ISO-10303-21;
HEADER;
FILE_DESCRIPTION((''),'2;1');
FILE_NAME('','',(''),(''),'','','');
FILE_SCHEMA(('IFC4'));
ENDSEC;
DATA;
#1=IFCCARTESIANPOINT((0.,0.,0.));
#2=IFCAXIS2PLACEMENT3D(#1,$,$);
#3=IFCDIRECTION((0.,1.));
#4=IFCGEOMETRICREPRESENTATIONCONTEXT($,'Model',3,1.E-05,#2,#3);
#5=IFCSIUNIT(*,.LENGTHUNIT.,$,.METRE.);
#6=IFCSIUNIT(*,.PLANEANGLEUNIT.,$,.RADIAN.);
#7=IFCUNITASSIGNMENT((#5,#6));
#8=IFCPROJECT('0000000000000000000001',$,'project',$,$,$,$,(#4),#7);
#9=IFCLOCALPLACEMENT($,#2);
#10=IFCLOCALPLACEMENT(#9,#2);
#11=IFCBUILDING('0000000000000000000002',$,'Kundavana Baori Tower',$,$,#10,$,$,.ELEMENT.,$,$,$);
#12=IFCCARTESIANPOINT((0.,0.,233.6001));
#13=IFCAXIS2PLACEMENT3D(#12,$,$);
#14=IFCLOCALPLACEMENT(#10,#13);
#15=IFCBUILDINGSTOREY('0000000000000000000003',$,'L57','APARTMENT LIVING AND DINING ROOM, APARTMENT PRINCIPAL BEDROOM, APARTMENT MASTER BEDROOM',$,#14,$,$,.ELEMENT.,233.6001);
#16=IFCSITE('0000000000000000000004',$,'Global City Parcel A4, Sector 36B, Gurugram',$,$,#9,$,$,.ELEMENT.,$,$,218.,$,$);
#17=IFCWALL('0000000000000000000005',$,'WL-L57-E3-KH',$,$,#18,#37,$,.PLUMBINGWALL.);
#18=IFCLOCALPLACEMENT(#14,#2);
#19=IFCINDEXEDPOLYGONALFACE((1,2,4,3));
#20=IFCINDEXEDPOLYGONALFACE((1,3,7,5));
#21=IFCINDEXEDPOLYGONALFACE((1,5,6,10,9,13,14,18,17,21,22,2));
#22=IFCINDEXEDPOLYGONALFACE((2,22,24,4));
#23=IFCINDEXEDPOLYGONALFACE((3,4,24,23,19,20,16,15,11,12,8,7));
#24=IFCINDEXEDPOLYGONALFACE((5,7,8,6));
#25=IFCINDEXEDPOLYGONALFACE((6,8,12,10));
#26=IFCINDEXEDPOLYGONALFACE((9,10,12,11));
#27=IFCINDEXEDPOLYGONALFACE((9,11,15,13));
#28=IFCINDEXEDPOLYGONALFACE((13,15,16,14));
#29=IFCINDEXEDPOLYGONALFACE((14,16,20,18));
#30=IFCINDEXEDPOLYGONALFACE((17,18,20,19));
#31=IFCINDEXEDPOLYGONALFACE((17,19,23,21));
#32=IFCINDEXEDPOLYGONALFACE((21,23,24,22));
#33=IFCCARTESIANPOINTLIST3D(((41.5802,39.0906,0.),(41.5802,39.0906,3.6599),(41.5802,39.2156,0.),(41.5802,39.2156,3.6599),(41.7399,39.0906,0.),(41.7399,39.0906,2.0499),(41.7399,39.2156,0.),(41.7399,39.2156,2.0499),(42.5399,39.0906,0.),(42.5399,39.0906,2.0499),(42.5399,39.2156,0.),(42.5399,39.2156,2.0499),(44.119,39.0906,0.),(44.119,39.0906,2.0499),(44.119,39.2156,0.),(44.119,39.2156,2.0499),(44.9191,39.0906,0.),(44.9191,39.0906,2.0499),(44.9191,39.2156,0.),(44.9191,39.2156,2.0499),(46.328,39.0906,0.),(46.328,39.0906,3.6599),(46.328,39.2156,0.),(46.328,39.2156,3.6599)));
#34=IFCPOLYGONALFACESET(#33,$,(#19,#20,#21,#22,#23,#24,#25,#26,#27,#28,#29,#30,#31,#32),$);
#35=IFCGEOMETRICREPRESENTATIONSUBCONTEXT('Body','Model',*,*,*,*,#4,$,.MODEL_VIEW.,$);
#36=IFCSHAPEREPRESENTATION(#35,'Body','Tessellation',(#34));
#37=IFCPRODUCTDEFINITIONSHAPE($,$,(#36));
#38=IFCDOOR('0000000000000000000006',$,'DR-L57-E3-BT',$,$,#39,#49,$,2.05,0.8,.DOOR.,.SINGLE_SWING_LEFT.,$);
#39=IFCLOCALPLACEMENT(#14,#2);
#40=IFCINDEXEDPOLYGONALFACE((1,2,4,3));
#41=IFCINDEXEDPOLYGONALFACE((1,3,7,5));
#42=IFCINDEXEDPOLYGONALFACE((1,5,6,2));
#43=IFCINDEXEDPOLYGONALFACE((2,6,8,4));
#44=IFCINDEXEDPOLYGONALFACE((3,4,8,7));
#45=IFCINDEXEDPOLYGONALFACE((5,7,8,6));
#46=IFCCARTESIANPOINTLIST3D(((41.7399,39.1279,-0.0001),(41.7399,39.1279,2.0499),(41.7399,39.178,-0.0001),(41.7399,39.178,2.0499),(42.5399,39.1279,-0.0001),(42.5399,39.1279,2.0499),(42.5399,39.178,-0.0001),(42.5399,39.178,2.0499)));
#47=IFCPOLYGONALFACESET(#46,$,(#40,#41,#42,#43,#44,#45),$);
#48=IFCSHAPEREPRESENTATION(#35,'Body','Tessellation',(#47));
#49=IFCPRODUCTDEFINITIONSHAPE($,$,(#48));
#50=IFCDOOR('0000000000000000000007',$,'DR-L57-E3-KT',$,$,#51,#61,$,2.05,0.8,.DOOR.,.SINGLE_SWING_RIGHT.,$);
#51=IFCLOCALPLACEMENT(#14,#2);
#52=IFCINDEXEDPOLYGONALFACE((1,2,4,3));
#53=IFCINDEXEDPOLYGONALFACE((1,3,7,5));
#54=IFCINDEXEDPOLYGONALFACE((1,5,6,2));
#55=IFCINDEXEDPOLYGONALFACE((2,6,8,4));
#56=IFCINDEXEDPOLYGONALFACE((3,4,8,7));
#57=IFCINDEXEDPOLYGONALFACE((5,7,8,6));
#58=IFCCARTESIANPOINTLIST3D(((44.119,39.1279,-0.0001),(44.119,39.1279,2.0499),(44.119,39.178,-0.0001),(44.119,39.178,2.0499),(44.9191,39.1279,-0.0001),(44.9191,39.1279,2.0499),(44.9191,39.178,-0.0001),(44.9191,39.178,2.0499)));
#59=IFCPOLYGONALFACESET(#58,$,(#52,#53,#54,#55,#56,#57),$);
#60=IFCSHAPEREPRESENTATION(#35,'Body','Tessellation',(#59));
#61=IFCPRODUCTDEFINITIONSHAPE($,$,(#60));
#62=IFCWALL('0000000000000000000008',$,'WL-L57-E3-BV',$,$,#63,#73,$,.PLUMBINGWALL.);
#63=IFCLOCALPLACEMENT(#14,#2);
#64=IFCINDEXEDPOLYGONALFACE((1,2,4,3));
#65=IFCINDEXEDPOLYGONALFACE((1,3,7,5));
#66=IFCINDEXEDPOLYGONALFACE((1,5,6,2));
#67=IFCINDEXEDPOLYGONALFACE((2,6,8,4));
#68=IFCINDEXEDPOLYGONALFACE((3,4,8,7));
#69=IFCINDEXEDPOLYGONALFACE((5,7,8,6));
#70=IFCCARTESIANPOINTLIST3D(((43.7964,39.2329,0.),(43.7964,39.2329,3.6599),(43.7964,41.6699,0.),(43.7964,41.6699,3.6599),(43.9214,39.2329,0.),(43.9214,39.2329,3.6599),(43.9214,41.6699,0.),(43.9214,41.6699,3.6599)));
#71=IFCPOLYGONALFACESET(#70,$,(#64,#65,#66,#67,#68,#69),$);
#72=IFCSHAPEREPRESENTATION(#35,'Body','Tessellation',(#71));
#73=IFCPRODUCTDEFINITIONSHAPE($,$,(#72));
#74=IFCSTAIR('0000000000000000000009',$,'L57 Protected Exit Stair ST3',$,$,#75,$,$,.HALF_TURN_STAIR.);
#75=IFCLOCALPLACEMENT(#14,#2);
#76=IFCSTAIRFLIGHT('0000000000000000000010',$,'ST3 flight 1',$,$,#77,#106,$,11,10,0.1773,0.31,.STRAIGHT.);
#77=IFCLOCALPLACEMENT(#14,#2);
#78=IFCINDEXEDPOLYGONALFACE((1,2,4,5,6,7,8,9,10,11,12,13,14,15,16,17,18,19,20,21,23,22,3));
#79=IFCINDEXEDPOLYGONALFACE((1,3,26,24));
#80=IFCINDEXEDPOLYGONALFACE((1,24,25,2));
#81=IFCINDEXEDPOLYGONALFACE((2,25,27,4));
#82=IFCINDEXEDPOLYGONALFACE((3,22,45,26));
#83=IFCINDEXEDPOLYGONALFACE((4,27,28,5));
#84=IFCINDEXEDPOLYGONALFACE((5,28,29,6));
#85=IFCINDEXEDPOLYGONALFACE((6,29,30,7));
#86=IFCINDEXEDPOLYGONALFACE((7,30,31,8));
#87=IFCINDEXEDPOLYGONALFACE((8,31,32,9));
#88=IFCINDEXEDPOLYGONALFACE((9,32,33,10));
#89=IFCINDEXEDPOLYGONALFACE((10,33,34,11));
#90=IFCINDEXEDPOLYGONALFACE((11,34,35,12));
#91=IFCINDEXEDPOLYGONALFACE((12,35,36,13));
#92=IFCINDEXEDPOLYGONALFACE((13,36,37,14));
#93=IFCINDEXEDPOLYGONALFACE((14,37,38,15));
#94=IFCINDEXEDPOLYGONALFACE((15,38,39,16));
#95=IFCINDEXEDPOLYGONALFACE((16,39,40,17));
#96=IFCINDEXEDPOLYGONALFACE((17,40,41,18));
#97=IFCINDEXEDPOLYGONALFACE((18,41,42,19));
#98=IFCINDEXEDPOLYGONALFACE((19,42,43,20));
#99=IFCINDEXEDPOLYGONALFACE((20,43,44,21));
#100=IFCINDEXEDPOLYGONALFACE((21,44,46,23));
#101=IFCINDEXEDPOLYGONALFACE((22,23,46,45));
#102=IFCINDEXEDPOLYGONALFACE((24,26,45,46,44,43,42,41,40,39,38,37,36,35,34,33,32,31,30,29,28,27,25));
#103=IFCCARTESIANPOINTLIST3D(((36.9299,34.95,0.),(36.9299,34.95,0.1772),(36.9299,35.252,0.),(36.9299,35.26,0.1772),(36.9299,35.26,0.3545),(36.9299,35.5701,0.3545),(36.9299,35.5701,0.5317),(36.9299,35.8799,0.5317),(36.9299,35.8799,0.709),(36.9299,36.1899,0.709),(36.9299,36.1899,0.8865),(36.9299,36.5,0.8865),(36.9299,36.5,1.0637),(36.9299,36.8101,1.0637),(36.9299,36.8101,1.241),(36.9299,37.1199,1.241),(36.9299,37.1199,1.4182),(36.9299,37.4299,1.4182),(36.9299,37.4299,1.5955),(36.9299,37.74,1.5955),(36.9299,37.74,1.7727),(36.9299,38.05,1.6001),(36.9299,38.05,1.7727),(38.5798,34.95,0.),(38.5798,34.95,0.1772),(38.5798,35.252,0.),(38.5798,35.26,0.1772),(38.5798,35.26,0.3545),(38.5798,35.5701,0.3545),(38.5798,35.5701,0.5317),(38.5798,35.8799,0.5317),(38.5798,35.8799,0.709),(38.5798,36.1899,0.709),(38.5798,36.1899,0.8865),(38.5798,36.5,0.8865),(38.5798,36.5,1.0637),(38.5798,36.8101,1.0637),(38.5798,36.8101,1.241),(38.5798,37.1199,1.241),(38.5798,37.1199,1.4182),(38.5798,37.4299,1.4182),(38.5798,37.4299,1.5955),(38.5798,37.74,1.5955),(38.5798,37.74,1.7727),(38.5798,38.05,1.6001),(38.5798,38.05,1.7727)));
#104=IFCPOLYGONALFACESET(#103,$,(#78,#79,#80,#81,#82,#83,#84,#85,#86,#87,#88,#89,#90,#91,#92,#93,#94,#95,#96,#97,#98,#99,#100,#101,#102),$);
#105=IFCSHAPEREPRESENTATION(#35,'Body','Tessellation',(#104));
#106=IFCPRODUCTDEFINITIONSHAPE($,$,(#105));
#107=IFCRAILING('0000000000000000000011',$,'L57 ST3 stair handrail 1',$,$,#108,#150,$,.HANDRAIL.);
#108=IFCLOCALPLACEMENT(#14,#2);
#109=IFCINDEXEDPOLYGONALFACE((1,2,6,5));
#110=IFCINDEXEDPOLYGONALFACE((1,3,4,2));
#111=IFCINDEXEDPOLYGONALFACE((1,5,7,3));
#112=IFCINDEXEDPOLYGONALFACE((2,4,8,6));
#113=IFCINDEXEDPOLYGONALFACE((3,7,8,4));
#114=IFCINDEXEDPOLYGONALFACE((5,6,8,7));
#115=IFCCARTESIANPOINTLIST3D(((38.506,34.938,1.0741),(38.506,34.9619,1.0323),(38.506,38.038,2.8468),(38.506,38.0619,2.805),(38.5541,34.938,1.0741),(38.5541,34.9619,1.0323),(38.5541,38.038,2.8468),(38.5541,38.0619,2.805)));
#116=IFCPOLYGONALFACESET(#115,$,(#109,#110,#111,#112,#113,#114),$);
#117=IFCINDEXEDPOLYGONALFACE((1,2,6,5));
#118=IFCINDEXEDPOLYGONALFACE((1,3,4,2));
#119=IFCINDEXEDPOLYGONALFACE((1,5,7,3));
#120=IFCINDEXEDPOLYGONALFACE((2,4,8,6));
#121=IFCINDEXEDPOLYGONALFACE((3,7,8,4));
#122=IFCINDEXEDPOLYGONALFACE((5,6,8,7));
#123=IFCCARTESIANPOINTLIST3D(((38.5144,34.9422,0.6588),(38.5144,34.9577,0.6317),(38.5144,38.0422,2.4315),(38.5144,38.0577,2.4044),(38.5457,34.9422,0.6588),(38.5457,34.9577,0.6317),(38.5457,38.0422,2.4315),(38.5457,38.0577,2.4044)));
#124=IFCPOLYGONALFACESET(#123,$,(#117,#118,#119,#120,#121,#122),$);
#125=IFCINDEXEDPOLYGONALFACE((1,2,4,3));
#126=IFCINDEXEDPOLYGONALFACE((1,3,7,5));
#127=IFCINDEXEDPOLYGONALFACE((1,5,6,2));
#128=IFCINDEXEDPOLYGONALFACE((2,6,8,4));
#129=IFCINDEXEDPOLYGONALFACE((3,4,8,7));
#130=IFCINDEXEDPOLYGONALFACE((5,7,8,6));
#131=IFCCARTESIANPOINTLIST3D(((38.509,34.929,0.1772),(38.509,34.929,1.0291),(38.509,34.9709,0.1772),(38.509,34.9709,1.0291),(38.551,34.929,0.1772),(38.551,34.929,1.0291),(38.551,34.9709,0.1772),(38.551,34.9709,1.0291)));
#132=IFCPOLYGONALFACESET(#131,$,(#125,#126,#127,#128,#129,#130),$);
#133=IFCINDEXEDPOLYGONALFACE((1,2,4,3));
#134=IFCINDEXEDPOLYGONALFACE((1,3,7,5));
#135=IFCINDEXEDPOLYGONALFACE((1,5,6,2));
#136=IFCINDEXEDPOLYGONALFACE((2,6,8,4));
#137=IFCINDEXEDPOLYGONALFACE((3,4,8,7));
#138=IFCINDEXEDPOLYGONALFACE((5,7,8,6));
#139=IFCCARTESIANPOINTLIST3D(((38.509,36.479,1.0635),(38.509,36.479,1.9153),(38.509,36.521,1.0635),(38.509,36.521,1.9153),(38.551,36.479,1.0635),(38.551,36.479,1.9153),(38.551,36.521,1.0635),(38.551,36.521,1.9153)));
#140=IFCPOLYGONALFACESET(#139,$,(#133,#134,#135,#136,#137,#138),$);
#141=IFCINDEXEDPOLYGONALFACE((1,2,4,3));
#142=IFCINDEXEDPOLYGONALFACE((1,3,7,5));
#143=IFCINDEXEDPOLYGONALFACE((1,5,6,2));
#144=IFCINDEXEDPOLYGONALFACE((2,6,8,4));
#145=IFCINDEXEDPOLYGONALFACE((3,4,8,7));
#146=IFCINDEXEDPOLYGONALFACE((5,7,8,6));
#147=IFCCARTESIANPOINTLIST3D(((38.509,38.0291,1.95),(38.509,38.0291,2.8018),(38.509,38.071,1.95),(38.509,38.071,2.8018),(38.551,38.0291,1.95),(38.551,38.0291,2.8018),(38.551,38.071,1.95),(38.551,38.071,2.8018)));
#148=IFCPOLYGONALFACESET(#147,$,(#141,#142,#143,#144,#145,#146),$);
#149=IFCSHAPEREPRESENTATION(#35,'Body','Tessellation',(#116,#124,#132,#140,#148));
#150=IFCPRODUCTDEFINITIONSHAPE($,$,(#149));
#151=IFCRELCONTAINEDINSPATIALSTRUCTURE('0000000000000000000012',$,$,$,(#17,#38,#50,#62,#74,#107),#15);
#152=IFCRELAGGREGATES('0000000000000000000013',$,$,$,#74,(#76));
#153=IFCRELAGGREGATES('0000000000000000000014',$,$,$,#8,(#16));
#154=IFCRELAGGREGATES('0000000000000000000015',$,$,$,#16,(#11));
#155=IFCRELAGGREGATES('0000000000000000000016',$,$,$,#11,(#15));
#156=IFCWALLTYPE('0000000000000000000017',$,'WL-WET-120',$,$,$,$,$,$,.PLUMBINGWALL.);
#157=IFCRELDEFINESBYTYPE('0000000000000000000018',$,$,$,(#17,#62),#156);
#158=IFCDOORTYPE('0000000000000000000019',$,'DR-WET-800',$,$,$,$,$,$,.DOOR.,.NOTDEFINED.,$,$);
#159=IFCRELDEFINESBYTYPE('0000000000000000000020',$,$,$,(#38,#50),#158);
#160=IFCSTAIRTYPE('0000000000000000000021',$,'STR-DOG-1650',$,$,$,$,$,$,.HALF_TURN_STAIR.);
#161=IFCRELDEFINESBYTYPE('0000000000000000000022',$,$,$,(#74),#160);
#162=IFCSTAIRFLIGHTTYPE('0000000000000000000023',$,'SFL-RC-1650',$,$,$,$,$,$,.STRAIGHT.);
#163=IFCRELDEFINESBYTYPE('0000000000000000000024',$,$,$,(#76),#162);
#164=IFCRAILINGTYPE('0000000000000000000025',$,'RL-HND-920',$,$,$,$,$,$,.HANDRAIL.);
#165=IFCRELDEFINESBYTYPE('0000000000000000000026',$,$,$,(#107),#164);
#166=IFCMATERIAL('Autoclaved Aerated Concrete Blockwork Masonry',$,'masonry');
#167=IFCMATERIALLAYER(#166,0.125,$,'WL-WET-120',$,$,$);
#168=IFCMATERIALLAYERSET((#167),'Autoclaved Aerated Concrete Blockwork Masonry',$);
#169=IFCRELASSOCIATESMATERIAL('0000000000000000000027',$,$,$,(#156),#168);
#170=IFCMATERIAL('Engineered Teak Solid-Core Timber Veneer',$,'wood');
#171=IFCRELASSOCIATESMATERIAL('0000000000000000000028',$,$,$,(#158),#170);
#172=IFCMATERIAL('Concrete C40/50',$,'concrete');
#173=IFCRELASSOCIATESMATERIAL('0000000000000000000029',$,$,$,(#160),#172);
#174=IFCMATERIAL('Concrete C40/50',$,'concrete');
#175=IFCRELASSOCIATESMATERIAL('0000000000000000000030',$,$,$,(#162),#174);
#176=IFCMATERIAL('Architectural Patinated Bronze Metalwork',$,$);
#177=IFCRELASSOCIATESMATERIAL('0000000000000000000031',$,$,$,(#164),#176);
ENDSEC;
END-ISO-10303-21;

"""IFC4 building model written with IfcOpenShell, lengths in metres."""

from ifc_helpers import new_model, si_unit, direction, frame, frame_2d, origin, origin_2d, place, context, subcontext, project, spatial, polyline, rectangle, outline, extrude, material, layer, layer_set, type_object, element, fill, aggregate, save


model = new_model("IFC4")

# Units and contexts
model_context = context("Model", 3, precision=1e-05, world=origin(), true_north=direction((0.0, 1.0)))
body_context = subcontext(model_context, "Body", "Model", "MODEL_VIEW")
ifc_project = project(units=[si_unit("LENGTHUNIT", "METRE"), si_unit("PLANEANGLEUNIT", "RADIAN")], contexts=[model_context])

# Site, building, storey
site_placement = place(None, origin())
site = spatial("IfcSite", under=ifc_project, at=site_placement, Name="Global City Parcel A4, Sector 36B, Gurugram", CompositionType="ELEMENT", RefElevation=218.0)
building_placement = place(site_placement, origin())
building = spatial("IfcBuilding", under=site, at=building_placement, Name="Kundavana Baori Tower", CompositionType="ELEMENT")
storey_placement = place(building_placement, frame((0.0, 0.0, 233.6001)))
storey = spatial("IfcBuildingStorey", under=building, at=storey_placement, Name="L57", Description="APARTMENT LIVING AND DINING ROOM, APARTMENT PRINCIPAL BEDROOM, APARTMENT MASTER BEDROOM", CompositionType="ELEMENT", Elevation=233.6001)

# Wall, openings, doors
ifc_material_1 = material(Name="Autoclaved Aerated Concrete Blockwork Masonry", Category="masonry")
ifc_layer_1 = layer(ifc_material_1, 0.125, Name="WL-WET-120")
ifc_layer_set_1 = layer_set([ifc_layer_1], Name="Autoclaved Aerated Concrete Blockwork Masonry")
wall_type_1 = type_object("IfcWallType", Name="WL-WET-120", PredefinedType="PLUMBINGWALL", material=ifc_layer_set_1)
wall_1_placement = place(storey_placement, frame((41.5801, 39.1531, 0.0), z_axis=(0.0, 0.0, 1.0), x_axis=(1.0, 0.0, 0.0)))
wall_1 = element("IfcWall", 1, at=wall_1_placement, inside=storey, type_object=wall_type_1, Name="WL-L57-E3-KH", PredefinedType="PLUMBINGWALL", context=body_context, shape_type="SweptSolid", body=[
    extrude(rectangle(XDim=4.7478, YDim=0.125, at=frame_2d((2.374, 0.0))), origin(), (0.0, 0.0, 1.0), 3.6599),
])
opening_1_placement = place(wall_1_placement, frame((0.1599, 0.0, 0.0)))
opening_1 = element("IfcOpeningElement", 2, at=opening_1_placement, cuts=wall_1, PredefinedType="OPENING", context=body_context, shape_type="SweptSolid", body=[
    extrude(rectangle(XDim=0.8, YDim=2.05, at=frame_2d((0.3999, 1.0249))), frame((0.0, 0.0725, 0.0), z_axis=(0.0, -1.0, 0.0), x_axis=(1.0, 0.0, 0.0)), (0.0, 0.0, 1.0), 0.145),
])
opening_2_placement = place(wall_1_placement, frame((2.5391, 0.0, 0.0)))
opening_2 = element("IfcOpeningElement", 3, at=opening_2_placement, cuts=wall_1, PredefinedType="OPENING", context=body_context, shape_type="SweptSolid", body=[
    extrude(rectangle(XDim=0.8, YDim=2.05, at=frame_2d((0.3999, 1.0249))), frame((0.0, 0.0725, 0.0), z_axis=(0.0, -1.0, 0.0), x_axis=(1.0, 0.0, 0.0)), (0.0, 0.0, 1.0), 0.145),
])
ifc_material_2 = material(Name="Engineered Teak Solid-Core Timber Veneer", Category="wood")
door_type_1 = type_object("IfcDoorType", Name="DR-WET-800", OperationType="NOTDEFINED", PredefinedType="DOOR", material=ifc_material_2)
door_1_placement = place(opening_1_placement, origin())
door_1 = element("IfcDoor", 4, at=door_1_placement, inside=storey, type_object=door_type_1, Name="DR-L57-E3-BT", OperationType="SINGLE_SWING_LEFT", OverallHeight=2.05, OverallWidth=0.8, PredefinedType="DOOR", context=body_context, shape_type="SweptSolid", body=[
    extrude(rectangle(XDim=0.8, YDim=2.05, at=frame_2d((0.3999, 1.0249))), frame((0.0, 0.0249, 0.0), z_axis=(0.0, -1.0, 0.0), x_axis=(1.0, 0.0, 0.0)), (0.0, 0.0, 1.0), 0.05),
])
fill(opening_1, door_1)
door_2_placement = place(opening_2_placement, origin())
door_2 = element("IfcDoor", 5, at=door_2_placement, inside=storey, type_object=door_type_1, Name="DR-L57-E3-KT", OperationType="SINGLE_SWING_RIGHT", OverallHeight=2.05, OverallWidth=0.8, PredefinedType="DOOR", context=body_context, shape_type="SweptSolid", body=[
    extrude(rectangle(XDim=0.8, YDim=2.05, at=frame_2d((0.3999, 1.0249))), frame((0.0, 0.0249, 0.0), z_axis=(0.0, -1.0, 0.0), x_axis=(1.0, 0.0, 0.0)), (0.0, 0.0, 1.0), 0.05),
])
fill(opening_2, door_2)

# Wall
wall_2_placement = place(storey_placement, frame((43.8589, 39.2329, 0.0), z_axis=(0.0, 0.0, 1.0), x_axis=(0.0, 1.0, 0.0)))
element("IfcWall", 6, at=wall_2_placement, inside=storey, type_object=wall_type_1, Name="WL-L57-E3-BV", PredefinedType="PLUMBINGWALL", context=body_context, shape_type="SweptSolid", body=[
    extrude(rectangle(XDim=2.437, YDim=0.125, at=frame_2d((1.2185, 0.0))), origin(), (0.0, 0.0, 1.0), 3.6599),
])

# Stair, stair flight
ifc_material_3 = material(Name="Concrete C40/50", Category="concrete")
stair_type = type_object("IfcStairType", Name="STR-DOG-1650", PredefinedType="HALF_TURN_STAIR", material=ifc_material_3)
stair_placement = place(storey_placement, origin())
stair = element("IfcStair", 7, at=stair_placement, inside=storey, type_object=stair_type, Name="L57 Protected Exit Stair ST3", PredefinedType="HALF_TURN_STAIR")
ifc_material_4 = material(Name="Concrete C40/50", Category="concrete")
stair_flight_type = type_object("IfcStairFlightType", Name="SFL-RC-1650", PredefinedType="STRAIGHT", material=ifc_material_4)
stair_flight_placement = place(storey_placement, frame((37.7549, 34.95, 0.0), z_axis=(0.0, 0.0, 1.0), x_axis=(0.0, 1.0, 0.0)))
stair_flight = element("IfcStairFlight", 8, at=stair_flight_placement, type_object=stair_flight_type, Name="ST3 flight 1", NumberOfRisers=11, NumberOfTreads=10, PredefinedType="STRAIGHT", RiserHeight=0.1773, TreadLength=0.31, context=body_context, shape_type="SweptSolid", body=[
    extrude(outline(polyline([(0.0, 0.0), (0.0, 0.1772), (0.3101, 0.1772), (0.3101, 0.3545), (0.6201, 0.3545), (0.6201, 0.5317), (0.9299, 0.5317), (0.9299, 0.709), (1.24, 0.709), (1.24, 0.8865), (1.55, 0.8865), (1.55, 1.0637), (1.8601, 1.0637), (1.8601, 1.241), (2.1699, 1.241), (2.1699, 1.4182), (2.48, 1.4182), (2.48, 1.5955), (2.79, 1.5955), (2.79, 1.7727), (3.1001, 1.7727), (3.1001, 1.95), (3.1001, 1.6001), (0.302, 0.0), (0.0, 0.0)])), frame((0.0, 0.825, 0.0), z_axis=(0.0, -1.0, 0.0), x_axis=(1.0, 0.0, 0.0)), (0.0, 0.0, 1.0), 1.6499),
])
aggregate(stair, [stair_flight])

# Railing
ifc_material_5 = material(Name="Architectural Patinated Bronze Metalwork")
railing_type_1 = type_object("IfcRailingType", Name="RL-HND-920", PredefinedType="HANDRAIL", material=ifc_material_5)
railing_1_placement = place(storey_placement, frame((38.53, 34.95, 0.1772)))
element("IfcRailing", 9, at=railing_1_placement, inside=storey, type_object=railing_type_1, Name="L57 ST3 stair handrail 1", PredefinedType="HANDRAIL", context=body_context, shape_type="SweptSolid", body=[
    extrude(rectangle(XDim=0.0481, YDim=0.0481, at=origin_2d()), frame((0.0, 0.0, 0.876), z_axis=(0.0, 0.868096, 0.496397), x_axis=(-1.0, 0.0, 0.0)), (0.0, 0.0, 1.0), 3.571),
    extrude(rectangle(XDim=0.0312, YDim=0.0312, at=origin_2d()), frame((0.0, 0.0, 0.468), z_axis=(0.0, 0.868096, 0.496397), x_axis=(-1.0, 0.0, 0.0)), (0.0, 0.0, 1.0), 3.571),
    extrude(rectangle(XDim=0.042, YDim=0.042, at=origin_2d()), origin(), (0.0, 0.0, 1.0), 0.8518),
    extrude(rectangle(XDim=0.042, YDim=0.042, at=origin_2d()), frame((0.0, 1.55, 0.8862)), (0.0, 0.0, 1.0), 0.8518),
    extrude(rectangle(XDim=0.042, YDim=0.042, at=origin_2d()), frame((0.0, 3.1001, 1.7727)), (0.0, 0.0, 1.0), 0.8518),
])

save(model, "model.ifc")
